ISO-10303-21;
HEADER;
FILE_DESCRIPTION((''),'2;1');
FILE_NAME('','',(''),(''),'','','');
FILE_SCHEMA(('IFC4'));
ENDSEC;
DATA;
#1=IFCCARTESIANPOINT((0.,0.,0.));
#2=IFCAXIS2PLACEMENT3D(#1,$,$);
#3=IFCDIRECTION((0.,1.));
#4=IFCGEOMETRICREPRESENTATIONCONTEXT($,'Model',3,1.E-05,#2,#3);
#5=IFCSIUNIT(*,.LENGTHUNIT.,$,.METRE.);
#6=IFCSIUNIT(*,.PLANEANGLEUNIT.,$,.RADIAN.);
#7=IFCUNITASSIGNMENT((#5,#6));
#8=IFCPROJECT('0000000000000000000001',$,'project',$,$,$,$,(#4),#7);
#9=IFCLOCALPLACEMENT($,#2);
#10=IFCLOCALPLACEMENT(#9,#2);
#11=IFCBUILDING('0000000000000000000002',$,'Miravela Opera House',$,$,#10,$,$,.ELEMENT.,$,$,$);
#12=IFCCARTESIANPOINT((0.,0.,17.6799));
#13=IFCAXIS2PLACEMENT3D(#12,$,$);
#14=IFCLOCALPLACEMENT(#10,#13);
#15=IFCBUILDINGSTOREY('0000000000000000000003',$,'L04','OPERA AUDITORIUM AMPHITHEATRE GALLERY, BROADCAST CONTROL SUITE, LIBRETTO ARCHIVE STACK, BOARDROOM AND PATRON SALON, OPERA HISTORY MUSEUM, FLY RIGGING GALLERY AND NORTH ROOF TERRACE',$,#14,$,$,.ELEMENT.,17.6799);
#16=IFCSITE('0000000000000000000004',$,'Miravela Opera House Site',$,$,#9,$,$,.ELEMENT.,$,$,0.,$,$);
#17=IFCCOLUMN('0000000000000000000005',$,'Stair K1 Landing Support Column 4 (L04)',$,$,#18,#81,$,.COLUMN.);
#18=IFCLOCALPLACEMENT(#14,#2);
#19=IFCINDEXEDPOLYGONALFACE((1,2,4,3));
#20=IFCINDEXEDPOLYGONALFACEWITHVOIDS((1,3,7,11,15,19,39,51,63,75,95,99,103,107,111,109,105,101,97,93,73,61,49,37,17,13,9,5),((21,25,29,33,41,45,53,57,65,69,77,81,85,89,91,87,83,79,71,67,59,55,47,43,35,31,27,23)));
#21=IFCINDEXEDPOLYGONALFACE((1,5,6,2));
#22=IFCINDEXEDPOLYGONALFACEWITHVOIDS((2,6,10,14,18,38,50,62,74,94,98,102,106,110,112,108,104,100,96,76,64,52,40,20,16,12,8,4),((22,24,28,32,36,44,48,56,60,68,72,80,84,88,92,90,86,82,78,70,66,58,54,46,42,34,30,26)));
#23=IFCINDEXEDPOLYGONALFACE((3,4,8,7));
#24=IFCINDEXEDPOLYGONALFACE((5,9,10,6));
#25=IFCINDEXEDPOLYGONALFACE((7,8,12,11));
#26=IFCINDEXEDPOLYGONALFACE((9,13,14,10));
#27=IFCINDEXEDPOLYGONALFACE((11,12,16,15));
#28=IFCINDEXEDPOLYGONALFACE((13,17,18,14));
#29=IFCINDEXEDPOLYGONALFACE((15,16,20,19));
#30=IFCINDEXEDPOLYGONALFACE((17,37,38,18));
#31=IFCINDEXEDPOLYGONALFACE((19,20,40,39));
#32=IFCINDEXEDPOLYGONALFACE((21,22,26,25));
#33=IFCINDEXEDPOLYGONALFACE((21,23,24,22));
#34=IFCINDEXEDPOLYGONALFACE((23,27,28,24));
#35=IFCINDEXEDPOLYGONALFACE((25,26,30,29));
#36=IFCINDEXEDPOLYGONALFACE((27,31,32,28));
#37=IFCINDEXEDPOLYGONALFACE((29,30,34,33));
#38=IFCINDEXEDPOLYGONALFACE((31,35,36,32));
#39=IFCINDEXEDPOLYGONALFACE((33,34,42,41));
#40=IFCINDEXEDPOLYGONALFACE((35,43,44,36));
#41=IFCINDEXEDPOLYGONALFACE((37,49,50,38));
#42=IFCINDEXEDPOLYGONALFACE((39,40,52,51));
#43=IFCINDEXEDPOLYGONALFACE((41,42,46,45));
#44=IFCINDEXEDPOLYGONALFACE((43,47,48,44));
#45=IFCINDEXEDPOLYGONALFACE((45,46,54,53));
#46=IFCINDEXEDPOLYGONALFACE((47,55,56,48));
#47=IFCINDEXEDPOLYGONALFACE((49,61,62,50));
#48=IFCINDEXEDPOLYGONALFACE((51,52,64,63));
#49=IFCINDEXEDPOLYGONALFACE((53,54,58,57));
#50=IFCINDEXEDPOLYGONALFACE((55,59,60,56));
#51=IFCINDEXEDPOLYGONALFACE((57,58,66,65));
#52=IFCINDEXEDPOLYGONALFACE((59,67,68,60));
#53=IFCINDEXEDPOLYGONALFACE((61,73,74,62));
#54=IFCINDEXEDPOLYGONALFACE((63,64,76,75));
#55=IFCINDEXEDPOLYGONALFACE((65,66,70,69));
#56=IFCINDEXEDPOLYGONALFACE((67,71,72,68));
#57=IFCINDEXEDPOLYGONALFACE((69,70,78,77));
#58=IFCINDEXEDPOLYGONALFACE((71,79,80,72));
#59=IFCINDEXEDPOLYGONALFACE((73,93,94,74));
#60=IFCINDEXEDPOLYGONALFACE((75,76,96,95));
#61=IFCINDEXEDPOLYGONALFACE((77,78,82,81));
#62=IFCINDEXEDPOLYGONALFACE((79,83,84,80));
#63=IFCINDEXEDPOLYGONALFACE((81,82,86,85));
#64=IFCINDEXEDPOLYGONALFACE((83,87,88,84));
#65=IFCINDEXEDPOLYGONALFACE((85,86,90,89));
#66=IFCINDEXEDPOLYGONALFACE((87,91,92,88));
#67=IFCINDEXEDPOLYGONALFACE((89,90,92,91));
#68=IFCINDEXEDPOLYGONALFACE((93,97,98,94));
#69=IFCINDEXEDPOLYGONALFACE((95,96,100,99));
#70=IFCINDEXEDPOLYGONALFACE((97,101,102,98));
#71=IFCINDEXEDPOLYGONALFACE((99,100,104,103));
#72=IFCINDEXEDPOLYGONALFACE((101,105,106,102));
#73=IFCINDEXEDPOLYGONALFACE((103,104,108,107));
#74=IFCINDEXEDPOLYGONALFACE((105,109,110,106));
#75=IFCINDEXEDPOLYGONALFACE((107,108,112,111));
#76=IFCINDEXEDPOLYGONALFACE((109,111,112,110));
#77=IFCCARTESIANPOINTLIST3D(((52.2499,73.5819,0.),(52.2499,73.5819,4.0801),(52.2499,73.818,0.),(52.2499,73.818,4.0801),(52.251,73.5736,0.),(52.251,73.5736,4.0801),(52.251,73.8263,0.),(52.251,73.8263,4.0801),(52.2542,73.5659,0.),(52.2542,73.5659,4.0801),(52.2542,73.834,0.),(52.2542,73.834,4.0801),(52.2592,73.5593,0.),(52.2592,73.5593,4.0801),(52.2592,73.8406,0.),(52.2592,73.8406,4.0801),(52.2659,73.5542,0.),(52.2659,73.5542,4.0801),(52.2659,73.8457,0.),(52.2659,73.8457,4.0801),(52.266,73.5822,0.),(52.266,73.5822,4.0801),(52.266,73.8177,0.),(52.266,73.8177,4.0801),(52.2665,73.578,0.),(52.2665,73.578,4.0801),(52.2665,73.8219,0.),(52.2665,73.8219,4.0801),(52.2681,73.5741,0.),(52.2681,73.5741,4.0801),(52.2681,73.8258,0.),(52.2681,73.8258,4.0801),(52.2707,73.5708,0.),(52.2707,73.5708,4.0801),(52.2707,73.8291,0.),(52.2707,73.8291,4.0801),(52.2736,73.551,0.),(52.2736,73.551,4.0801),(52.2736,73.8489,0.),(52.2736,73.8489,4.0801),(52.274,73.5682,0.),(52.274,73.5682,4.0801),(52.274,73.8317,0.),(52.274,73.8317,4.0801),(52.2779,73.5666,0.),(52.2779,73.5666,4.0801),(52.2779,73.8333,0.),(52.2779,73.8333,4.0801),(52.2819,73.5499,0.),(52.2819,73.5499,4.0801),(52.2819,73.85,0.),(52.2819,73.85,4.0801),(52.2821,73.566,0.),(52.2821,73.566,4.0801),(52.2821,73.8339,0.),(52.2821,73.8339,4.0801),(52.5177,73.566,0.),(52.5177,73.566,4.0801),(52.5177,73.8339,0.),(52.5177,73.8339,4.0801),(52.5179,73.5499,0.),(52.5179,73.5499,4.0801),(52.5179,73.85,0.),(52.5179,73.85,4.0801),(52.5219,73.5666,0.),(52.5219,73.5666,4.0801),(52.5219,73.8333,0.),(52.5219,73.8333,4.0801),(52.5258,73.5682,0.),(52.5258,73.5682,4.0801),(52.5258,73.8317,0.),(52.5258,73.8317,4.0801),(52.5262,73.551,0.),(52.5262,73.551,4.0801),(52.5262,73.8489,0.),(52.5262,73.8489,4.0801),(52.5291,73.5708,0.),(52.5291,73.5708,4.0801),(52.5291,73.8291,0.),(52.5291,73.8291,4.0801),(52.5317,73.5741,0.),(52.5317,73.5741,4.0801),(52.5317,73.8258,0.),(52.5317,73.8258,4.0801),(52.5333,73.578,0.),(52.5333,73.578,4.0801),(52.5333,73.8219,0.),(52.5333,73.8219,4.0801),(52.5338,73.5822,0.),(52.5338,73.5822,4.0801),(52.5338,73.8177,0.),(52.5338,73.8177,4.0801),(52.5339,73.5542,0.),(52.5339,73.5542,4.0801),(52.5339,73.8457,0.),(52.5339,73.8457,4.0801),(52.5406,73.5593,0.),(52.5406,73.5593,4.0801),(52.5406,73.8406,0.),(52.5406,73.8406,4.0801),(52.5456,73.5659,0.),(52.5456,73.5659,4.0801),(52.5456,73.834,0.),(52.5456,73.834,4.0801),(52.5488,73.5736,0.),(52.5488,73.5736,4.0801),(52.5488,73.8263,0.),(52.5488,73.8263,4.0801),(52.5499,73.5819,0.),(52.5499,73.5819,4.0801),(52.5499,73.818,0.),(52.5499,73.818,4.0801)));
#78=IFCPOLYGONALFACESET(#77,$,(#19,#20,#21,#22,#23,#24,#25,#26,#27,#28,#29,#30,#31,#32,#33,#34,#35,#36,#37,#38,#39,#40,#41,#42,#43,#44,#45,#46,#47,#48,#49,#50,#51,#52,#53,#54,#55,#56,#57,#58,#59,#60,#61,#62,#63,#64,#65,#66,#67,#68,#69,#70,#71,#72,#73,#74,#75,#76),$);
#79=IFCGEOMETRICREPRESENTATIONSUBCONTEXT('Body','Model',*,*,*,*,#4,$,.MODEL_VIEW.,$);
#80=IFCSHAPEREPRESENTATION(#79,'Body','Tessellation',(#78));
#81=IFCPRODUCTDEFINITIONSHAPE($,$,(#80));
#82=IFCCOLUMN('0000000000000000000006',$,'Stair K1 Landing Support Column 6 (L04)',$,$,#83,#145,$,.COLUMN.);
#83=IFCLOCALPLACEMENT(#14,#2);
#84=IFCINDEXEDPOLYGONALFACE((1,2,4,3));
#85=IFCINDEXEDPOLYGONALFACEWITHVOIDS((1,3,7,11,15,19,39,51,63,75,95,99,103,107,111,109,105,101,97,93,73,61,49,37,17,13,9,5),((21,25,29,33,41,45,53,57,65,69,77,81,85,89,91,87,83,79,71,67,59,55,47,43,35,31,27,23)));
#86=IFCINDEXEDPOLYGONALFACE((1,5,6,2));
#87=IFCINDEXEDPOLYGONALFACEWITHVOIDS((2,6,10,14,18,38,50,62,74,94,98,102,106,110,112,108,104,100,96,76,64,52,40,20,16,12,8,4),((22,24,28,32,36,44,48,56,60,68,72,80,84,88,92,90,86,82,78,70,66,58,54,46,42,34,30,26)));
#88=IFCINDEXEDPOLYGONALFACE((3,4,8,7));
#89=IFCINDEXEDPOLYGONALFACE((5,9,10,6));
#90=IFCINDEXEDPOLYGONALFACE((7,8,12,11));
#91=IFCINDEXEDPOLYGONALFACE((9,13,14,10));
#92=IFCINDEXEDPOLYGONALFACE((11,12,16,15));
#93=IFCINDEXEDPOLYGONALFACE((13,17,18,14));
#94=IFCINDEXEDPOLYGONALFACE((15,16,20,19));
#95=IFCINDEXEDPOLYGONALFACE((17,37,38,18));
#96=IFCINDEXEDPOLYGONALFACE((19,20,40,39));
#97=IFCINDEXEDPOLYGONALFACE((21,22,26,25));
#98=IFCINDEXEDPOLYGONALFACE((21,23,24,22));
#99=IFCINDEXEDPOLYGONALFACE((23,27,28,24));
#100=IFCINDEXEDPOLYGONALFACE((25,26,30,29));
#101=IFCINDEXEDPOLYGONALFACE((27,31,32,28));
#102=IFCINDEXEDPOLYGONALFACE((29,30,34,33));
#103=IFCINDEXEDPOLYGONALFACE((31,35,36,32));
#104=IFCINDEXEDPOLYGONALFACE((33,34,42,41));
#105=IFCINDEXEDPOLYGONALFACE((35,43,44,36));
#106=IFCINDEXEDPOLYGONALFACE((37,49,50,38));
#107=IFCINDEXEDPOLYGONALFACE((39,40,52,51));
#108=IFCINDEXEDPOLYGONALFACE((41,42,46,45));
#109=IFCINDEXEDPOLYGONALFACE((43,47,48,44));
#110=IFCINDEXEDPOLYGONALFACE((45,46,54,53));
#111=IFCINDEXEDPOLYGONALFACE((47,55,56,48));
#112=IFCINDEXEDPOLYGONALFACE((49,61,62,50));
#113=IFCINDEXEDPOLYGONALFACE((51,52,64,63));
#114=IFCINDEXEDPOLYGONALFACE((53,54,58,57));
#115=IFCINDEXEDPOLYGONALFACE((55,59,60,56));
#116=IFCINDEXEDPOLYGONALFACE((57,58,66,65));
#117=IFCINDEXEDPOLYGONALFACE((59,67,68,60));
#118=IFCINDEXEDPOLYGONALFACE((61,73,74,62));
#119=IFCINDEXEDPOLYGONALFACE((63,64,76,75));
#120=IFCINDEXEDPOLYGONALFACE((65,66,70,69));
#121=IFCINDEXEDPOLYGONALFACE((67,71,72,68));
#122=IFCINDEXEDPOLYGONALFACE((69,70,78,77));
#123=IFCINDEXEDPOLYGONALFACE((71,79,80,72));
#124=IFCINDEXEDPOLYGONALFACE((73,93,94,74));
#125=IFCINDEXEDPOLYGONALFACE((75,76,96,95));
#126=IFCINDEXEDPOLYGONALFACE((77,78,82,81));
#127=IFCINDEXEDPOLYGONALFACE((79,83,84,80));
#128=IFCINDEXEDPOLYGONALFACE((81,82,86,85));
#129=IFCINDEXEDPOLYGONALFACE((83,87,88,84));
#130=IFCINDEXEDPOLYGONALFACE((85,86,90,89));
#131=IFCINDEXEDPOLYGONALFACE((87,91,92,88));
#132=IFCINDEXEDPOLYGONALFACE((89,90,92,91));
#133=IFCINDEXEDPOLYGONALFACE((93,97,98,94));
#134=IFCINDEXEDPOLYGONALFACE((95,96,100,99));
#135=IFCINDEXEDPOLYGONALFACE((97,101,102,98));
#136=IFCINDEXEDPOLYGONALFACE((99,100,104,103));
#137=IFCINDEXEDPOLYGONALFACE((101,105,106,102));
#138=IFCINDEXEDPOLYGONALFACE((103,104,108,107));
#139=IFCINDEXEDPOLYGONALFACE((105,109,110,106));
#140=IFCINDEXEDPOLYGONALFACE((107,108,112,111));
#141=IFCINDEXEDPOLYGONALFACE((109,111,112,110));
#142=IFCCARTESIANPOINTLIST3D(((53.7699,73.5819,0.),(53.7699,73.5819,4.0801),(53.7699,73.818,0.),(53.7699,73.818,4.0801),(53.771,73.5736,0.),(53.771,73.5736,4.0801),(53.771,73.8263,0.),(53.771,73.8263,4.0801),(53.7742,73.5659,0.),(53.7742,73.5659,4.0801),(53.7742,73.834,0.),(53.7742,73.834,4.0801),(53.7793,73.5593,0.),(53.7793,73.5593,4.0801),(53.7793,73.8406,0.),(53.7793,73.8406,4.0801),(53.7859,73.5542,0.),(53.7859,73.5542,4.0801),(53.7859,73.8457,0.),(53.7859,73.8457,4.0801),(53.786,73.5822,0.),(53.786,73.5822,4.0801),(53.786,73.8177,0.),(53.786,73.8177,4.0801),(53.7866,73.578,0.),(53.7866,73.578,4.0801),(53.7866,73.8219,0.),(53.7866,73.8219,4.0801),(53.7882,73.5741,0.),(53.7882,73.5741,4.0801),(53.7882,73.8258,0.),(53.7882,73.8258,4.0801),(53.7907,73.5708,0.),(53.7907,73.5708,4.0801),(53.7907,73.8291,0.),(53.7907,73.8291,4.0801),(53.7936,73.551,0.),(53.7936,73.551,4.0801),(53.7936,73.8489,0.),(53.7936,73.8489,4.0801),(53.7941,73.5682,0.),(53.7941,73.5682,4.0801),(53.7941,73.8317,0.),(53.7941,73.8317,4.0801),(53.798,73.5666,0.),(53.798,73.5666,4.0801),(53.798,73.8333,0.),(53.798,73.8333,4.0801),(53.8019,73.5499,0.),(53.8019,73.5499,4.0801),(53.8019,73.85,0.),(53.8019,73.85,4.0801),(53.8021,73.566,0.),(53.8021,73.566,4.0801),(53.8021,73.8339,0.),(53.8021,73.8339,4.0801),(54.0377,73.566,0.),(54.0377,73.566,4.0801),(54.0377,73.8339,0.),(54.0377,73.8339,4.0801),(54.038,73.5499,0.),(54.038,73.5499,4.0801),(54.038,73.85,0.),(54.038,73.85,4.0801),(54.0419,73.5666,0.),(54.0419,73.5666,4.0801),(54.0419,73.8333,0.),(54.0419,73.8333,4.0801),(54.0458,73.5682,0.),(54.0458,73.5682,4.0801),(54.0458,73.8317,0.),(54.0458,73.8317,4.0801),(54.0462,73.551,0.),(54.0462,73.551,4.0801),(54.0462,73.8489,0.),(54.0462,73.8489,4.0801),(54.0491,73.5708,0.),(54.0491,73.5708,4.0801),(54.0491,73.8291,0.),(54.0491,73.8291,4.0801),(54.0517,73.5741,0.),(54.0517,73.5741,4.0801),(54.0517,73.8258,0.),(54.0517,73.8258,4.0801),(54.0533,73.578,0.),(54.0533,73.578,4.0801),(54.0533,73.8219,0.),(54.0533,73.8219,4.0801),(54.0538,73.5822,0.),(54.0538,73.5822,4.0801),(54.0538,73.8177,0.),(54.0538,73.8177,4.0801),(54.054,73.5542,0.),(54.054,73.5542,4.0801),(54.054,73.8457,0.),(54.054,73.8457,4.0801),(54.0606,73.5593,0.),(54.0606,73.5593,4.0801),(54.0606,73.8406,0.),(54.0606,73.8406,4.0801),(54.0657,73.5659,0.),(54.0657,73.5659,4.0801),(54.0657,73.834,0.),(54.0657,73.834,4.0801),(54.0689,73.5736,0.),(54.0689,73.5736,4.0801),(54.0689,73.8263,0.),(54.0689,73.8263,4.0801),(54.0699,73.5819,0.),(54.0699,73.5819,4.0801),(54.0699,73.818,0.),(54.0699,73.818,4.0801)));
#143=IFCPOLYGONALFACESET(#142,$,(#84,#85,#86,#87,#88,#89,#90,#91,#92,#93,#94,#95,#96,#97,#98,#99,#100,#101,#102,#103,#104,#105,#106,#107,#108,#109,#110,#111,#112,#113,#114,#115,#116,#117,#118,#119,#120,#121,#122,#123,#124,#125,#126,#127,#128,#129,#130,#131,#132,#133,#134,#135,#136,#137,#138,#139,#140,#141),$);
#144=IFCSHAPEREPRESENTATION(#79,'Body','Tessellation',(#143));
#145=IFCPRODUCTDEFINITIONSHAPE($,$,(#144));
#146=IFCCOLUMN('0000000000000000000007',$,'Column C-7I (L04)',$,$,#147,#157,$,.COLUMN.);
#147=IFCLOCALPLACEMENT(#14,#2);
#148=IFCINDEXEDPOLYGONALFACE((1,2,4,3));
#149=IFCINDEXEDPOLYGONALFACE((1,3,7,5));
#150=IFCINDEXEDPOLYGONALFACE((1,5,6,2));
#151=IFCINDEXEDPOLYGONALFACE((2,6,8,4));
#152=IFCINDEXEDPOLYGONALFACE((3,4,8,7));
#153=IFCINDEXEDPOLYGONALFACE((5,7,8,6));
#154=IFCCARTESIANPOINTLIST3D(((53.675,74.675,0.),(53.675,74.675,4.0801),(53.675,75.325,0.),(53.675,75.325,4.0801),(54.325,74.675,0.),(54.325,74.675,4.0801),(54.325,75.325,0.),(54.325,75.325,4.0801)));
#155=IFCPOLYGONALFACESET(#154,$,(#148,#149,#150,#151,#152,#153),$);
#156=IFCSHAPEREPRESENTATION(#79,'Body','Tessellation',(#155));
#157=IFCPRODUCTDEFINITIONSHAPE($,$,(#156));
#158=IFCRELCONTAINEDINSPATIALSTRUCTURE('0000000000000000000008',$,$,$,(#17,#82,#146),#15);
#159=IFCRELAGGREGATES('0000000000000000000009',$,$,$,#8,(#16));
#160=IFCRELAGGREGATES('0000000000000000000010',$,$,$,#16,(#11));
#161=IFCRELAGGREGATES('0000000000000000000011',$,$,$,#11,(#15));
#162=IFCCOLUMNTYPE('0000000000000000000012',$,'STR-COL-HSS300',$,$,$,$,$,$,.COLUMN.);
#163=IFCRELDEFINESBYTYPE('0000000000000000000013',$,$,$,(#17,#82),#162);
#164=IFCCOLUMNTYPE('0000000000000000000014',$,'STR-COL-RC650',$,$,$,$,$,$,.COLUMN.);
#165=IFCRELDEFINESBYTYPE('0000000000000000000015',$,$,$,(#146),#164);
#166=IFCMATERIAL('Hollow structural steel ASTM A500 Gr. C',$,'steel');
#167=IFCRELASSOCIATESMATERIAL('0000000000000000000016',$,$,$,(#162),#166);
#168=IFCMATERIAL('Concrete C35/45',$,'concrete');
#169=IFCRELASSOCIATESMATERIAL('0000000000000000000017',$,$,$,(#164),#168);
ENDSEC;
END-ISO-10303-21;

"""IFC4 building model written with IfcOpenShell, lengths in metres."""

from ifc_helpers import new_model, si_unit, direction, frame, origin, origin_2d, place, context, subcontext, project, spatial, rectangle, hollow_rectangle, extrude, material, material_profile, profile_set, type_object, element, save


model = new_model("IFC4")

# Units and contexts
model_context = context("Model", 3, precision=1e-05, world=origin(), true_north=direction((0.0, 1.0)))
body_context = subcontext(model_context, "Body", "Model", "MODEL_VIEW")
ifc_project = project(units=[si_unit("LENGTHUNIT", "METRE"), si_unit("PLANEANGLEUNIT", "RADIAN")], contexts=[model_context])

# Site, building, storey
site_placement = place(None, origin())
site = spatial("IfcSite", under=ifc_project, at=site_placement, Name="Miravela Opera House Site", CompositionType="ELEMENT", RefElevation=0.0)
building_placement = place(site_placement, origin())
building = spatial("IfcBuilding", under=site, at=building_placement, Name="Miravela Opera House", CompositionType="ELEMENT")
storey_placement = place(building_placement, frame((0.0, 0.0, 17.6799)))
storey = spatial("IfcBuildingStorey", under=building, at=storey_placement, Name="L04", Description="OPERA AUDITORIUM AMPHITHEATRE GALLERY, BROADCAST CONTROL SUITE, LIBRETTO ARCHIVE STACK, BOARDROOM AND PATRON SALON, OPERA HISTORY MUSEUM, FLY RIGGING GALLERY AND NORTH ROOF TERRACE", CompositionType="ELEMENT", Elevation=17.6799)

# Columns
ifc_material_1 = material(Name="Hollow structural steel ASTM A500 Gr. C", Category="steel")
ifc_material_profile_1 = material_profile(ifc_material_1, hollow_rectangle(XDim=0.3, YDim=0.3, WallThickness=0.0161, InnerFilletRadius=0.0161, OuterFilletRadius=0.032, at=origin_2d()), Name="HSS300X300X16")
ifc_profile_set_1 = profile_set([ifc_material_profile_1])
column_type_1 = type_object("IfcColumnType", Name="STR-COL-HSS300", PredefinedType="COLUMN", material=ifc_profile_set_1)
for number, where, z_axis, x_axis, name in (
    (1, (52.3999, 73.7, 0.0), (0.0, 0.0, 1.0), (1.0, 0.0, 0.0), "Stair K1 Landing Support Column 4 (L04)"),
    (2, (53.9199, 73.7, 0.0), (0.0, 0.0, 1.0), (1.0, 0.0, 0.0), "Stair K1 Landing Support Column 6 (L04)"),
):
    element("IfcColumn", number, at=place(storey_placement, frame(where, z_axis=z_axis, x_axis=x_axis)), inside=storey, type_object=column_type_1, Name=name, PredefinedType="COLUMN", context=body_context, shape_type="SweptSolid", body=[
        extrude(hollow_rectangle(XDim=0.3, YDim=0.3, WallThickness=0.0161, InnerFilletRadius=0.0161, OuterFilletRadius=0.032, at=origin_2d()), origin(), (0.0, 0.0, 1.0), 4.0801),
    ])
ifc_material_2 = material(Name="Concrete C35/45", Category="concrete")
ifc_material_profile_2 = material_profile(ifc_material_2, rectangle(XDim=0.6499, YDim=0.6499, at=origin_2d()), Name="RC-COL-650X650")
ifc_profile_set_2 = profile_set([ifc_material_profile_2])
column_type_2 = type_object("IfcColumnType", Name="STR-COL-RC650", PredefinedType="COLUMN", material=ifc_profile_set_2)
column_placement = place(storey_placement, frame((54.0, 75.0, 0.0), z_axis=(0.0, 0.0, 1.0), x_axis=(1.0, 0.0, 0.0)))
element("IfcColumn", 3, at=column_placement, inside=storey, type_object=column_type_2, Name="Column C-7I (L04)", PredefinedType="COLUMN", context=body_context, shape_type="SweptSolid", body=[
    extrude(rectangle(XDim=0.6499, YDim=0.6499, at=origin_2d()), origin(), (0.0, 0.0, 1.0), 4.0801),
])

save(model, "model.ifc")
